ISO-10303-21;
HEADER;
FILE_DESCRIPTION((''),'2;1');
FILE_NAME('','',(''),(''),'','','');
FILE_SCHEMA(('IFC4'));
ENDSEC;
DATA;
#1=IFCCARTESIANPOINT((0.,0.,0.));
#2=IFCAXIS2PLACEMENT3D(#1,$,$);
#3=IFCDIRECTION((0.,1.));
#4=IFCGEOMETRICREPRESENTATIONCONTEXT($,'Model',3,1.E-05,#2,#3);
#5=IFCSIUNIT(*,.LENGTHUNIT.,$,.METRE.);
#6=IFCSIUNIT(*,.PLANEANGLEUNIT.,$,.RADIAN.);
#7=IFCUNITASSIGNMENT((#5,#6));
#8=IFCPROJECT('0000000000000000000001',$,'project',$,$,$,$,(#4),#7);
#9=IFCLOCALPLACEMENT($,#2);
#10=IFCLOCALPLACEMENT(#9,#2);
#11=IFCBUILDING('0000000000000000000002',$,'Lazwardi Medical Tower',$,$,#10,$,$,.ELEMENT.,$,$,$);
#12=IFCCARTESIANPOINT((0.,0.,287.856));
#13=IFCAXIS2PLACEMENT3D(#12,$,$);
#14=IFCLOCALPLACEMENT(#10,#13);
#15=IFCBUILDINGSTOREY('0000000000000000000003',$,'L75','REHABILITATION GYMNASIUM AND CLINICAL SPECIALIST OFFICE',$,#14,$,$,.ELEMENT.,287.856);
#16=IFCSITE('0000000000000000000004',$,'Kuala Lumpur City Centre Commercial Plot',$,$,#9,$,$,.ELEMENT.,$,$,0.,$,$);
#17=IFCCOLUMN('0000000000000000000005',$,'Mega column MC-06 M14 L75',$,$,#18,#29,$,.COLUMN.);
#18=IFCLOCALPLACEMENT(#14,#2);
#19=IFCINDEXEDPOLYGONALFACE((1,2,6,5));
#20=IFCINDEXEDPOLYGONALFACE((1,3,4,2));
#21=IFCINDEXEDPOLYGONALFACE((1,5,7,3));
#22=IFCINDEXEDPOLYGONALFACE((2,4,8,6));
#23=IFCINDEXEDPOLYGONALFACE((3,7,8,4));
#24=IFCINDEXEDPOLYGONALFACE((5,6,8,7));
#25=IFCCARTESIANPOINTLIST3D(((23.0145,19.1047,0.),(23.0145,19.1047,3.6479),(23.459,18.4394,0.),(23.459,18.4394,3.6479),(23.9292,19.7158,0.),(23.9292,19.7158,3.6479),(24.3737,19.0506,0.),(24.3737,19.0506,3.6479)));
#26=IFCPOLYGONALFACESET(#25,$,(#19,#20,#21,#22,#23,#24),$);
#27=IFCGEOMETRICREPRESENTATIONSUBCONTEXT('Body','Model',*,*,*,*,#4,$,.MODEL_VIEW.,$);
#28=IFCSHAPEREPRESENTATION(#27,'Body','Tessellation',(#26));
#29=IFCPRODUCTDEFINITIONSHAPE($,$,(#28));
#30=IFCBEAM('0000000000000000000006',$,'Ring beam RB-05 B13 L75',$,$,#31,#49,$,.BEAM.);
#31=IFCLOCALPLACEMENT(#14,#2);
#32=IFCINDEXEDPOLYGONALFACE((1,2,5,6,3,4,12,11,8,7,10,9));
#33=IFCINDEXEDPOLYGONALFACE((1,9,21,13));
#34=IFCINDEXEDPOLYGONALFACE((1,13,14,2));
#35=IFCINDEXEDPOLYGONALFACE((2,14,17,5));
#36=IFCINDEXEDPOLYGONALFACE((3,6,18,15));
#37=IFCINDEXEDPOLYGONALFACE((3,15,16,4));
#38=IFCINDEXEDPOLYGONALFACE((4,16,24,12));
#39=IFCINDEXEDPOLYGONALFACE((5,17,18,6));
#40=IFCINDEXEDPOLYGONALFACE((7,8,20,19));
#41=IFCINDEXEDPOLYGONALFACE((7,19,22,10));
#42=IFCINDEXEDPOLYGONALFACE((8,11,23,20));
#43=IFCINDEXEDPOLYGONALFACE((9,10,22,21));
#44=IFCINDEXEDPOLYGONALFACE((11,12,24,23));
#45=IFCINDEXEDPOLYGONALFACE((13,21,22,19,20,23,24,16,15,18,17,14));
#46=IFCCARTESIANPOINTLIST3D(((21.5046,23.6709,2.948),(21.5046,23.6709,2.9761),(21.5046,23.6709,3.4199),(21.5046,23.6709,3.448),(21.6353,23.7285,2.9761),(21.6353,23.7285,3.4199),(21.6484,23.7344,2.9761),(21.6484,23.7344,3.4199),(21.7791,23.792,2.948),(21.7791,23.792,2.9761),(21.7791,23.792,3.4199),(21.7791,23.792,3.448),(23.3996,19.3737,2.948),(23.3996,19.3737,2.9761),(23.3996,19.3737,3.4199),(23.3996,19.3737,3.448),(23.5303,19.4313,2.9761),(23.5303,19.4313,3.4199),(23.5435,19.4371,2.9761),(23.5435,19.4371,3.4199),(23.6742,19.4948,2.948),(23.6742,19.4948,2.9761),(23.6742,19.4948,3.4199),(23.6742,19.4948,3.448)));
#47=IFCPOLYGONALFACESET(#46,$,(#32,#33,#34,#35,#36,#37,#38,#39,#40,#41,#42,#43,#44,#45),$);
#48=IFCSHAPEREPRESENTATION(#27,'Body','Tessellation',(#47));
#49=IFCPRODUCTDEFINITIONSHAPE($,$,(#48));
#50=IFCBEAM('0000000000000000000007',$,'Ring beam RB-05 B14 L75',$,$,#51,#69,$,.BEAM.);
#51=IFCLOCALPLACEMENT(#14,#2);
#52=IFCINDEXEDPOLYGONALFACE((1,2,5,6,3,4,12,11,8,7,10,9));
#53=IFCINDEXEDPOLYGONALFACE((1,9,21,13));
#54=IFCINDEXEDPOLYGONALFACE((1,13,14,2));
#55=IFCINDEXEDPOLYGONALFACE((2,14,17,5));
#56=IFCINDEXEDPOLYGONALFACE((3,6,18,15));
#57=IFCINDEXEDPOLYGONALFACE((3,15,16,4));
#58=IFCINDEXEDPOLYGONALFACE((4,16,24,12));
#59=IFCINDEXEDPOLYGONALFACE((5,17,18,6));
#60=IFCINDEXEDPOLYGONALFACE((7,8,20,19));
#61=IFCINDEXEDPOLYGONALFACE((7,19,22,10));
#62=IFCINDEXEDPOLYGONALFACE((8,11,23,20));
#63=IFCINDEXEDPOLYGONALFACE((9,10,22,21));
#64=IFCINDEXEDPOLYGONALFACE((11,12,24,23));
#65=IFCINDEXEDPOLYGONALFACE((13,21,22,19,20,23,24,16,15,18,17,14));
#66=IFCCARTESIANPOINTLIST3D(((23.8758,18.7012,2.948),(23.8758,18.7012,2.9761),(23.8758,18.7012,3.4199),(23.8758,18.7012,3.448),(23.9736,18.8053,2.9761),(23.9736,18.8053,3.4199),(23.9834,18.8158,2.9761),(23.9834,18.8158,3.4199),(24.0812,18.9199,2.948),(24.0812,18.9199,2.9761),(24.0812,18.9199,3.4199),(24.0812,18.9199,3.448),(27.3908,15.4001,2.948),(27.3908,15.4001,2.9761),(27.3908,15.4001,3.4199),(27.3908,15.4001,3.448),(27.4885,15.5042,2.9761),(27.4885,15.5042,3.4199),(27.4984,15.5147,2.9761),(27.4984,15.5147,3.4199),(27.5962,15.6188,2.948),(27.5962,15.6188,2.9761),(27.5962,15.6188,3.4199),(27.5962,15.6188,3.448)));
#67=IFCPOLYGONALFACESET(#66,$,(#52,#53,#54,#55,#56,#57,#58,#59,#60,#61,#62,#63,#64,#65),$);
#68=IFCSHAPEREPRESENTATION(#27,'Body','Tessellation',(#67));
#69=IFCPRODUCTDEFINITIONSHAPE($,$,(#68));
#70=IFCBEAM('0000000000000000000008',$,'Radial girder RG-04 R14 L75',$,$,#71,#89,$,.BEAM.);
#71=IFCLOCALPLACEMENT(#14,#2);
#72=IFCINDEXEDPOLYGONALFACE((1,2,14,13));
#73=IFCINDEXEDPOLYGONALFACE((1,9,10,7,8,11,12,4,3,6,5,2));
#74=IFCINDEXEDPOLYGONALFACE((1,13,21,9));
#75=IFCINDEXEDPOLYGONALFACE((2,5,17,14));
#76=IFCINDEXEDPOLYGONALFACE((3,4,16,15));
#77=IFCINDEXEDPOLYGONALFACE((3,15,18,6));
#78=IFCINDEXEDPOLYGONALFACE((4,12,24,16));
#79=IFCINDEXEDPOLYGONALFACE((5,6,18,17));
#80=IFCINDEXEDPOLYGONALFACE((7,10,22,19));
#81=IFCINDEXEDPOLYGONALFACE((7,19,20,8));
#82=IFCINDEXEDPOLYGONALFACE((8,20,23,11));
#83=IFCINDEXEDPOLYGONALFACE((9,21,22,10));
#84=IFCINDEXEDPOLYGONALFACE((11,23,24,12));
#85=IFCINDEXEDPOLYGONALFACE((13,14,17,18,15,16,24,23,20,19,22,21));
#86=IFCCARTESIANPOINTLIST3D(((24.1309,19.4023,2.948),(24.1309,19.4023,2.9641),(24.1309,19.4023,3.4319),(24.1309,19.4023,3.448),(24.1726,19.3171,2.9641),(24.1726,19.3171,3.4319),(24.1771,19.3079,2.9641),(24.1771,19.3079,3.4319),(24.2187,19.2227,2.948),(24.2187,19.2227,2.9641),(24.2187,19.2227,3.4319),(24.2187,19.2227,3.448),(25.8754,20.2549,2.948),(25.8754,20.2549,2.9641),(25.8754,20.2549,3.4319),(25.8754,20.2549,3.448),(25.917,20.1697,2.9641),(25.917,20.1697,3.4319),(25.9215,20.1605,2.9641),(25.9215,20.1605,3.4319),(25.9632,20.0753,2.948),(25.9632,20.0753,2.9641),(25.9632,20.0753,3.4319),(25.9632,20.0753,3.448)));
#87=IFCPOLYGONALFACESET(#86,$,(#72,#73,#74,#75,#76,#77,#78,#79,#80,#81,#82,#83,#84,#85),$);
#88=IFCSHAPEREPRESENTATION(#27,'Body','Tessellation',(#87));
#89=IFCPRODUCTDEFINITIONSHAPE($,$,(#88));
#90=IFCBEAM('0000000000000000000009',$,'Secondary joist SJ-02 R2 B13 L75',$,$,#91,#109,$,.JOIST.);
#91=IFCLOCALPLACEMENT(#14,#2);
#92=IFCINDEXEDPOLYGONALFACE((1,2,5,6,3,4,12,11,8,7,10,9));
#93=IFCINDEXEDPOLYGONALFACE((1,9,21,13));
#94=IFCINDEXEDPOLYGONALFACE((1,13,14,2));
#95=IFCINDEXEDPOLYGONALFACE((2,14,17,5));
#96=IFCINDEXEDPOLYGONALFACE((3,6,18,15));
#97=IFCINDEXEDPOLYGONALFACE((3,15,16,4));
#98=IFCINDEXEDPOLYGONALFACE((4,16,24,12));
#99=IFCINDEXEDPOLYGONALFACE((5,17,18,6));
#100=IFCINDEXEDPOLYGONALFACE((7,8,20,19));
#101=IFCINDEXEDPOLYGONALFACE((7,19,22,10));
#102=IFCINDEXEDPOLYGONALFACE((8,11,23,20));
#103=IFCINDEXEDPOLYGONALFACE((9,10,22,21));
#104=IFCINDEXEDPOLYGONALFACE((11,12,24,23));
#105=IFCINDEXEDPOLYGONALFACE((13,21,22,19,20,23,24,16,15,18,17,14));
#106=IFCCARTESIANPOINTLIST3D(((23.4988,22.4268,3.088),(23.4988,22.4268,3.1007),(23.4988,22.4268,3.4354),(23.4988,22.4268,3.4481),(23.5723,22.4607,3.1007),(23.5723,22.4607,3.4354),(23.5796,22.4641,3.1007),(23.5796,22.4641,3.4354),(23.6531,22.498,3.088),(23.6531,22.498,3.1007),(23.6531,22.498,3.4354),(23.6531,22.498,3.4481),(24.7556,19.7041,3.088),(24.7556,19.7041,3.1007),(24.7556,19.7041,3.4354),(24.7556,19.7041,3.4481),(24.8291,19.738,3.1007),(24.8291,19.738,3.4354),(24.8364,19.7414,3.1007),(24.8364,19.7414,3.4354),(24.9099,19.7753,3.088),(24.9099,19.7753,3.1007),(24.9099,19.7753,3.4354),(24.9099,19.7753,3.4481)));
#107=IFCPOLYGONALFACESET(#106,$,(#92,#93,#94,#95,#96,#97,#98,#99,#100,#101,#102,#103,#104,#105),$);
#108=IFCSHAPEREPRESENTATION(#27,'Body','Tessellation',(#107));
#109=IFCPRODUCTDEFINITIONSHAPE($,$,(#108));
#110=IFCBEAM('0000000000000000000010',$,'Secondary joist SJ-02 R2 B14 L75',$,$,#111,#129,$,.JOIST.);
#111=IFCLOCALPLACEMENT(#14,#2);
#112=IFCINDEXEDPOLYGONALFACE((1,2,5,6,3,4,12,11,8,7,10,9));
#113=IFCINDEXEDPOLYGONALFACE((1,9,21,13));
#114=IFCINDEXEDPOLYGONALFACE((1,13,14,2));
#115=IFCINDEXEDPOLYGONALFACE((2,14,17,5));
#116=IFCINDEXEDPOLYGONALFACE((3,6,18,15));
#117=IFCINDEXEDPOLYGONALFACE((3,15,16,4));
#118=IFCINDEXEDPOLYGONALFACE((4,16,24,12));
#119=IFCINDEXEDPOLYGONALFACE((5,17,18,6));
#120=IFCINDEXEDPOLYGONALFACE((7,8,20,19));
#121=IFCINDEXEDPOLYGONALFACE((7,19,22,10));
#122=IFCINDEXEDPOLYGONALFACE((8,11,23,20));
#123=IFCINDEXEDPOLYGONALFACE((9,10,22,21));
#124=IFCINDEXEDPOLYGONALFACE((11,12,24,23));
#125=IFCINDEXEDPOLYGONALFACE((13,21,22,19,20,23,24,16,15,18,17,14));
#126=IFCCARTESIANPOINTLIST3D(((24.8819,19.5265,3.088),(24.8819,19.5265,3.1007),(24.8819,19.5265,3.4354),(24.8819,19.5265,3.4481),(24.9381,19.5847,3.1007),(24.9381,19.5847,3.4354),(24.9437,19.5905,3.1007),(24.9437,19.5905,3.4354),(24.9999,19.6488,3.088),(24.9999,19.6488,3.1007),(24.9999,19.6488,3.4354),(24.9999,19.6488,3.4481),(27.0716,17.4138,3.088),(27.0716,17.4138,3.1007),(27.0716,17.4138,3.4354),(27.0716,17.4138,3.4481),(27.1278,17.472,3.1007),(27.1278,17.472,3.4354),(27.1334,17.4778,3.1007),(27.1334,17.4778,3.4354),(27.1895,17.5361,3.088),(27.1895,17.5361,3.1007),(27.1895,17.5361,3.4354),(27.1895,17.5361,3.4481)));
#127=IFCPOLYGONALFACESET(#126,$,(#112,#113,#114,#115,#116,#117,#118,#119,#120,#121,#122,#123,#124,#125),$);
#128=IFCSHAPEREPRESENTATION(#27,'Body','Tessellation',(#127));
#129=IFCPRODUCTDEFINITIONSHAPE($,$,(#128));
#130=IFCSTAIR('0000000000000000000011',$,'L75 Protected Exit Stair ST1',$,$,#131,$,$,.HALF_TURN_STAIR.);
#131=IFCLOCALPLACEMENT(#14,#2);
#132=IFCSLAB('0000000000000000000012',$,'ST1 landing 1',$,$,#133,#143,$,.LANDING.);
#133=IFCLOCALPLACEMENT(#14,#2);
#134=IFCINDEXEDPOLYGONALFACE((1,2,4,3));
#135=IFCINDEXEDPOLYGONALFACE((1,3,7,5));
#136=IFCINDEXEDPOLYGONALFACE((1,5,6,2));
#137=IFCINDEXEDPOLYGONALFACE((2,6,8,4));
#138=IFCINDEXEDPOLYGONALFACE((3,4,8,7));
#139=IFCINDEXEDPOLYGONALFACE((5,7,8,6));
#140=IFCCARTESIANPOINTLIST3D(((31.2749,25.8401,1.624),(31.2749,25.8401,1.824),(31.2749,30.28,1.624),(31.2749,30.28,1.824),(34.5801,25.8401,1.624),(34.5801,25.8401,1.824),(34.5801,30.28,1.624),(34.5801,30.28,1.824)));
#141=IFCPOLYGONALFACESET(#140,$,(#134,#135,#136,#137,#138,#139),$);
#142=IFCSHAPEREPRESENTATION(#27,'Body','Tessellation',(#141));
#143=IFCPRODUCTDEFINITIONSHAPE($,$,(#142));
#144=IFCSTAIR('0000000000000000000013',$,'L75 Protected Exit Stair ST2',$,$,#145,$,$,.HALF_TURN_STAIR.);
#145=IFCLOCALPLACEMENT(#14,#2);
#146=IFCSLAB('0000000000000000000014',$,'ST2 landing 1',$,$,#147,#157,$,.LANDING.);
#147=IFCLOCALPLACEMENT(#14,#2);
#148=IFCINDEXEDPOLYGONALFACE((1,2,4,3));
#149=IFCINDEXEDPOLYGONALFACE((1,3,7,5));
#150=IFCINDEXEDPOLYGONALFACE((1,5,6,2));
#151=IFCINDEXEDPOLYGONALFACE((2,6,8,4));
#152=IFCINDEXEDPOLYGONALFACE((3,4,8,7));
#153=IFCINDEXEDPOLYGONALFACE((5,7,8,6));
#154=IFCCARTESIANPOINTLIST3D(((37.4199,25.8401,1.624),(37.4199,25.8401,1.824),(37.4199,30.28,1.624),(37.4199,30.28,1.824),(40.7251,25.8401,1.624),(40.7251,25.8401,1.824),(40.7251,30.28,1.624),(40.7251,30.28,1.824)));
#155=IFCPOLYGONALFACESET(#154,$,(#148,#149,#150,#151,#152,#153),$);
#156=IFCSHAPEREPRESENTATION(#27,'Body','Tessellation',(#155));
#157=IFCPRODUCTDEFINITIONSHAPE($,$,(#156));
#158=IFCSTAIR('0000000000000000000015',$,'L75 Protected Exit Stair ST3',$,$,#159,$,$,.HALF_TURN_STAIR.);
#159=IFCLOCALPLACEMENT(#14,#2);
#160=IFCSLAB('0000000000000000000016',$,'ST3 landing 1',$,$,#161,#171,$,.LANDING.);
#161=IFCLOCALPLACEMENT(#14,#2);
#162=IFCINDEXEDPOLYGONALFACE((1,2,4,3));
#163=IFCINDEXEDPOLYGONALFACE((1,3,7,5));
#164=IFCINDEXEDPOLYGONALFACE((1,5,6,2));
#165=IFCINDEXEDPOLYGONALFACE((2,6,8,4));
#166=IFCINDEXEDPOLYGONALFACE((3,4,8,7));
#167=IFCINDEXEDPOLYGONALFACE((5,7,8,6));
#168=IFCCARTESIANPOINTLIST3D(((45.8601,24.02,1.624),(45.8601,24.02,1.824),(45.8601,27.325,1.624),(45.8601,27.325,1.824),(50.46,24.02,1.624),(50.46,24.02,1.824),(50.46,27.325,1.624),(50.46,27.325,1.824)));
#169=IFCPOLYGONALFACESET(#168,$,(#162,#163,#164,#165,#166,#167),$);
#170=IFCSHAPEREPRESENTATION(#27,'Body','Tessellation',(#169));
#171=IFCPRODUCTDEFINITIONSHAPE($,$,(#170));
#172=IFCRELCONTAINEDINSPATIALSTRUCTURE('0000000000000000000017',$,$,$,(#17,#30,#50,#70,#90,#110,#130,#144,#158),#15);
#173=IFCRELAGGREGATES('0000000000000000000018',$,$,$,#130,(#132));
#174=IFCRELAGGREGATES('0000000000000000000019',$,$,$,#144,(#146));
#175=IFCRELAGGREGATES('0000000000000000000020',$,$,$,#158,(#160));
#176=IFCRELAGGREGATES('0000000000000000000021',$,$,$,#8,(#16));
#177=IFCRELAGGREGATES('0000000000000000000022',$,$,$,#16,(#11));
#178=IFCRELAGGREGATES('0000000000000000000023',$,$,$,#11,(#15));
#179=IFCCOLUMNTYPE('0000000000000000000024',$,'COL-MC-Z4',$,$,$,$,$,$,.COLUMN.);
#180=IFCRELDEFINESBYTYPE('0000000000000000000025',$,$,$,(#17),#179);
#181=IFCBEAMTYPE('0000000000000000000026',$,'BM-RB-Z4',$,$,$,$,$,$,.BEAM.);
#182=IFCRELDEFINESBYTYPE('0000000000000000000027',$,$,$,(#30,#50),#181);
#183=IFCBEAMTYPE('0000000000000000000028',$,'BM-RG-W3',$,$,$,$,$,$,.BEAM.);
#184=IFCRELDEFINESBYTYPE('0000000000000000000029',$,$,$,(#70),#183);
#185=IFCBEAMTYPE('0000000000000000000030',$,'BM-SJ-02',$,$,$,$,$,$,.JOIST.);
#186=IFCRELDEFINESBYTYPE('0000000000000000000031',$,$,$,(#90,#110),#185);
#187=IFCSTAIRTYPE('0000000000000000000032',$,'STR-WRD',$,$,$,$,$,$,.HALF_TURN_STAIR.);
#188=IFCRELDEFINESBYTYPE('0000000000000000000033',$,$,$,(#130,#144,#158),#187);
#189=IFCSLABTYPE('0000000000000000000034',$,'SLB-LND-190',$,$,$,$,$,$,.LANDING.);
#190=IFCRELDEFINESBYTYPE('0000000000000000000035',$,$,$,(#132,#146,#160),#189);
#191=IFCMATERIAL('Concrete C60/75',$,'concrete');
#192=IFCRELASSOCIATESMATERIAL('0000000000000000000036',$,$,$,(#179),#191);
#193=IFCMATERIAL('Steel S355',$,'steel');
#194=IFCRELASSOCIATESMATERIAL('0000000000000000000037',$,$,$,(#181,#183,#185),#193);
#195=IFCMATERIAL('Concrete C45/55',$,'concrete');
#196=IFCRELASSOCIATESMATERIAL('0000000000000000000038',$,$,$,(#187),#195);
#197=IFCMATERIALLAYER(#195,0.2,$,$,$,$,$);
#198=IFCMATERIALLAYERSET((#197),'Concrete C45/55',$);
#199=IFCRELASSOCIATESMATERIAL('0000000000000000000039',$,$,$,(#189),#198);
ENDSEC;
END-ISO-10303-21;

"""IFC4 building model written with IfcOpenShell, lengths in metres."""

from ifc_helpers import new_model, si_unit, direction, frame, origin, origin_2d, place, context, subcontext, project, spatial, polyline, rectangle, i_section, outline, extrude, material, layer, layer_set, material_profile, profile_set, type_object, element, aggregate, save


model = new_model("IFC4")

# Units and contexts
model_context = context("Model", 3, precision=1e-05, world=origin(), true_north=direction((0.0, 1.0)))
body_context = subcontext(model_context, "Body", "Model", "MODEL_VIEW")
ifc_project = project(units=[si_unit("LENGTHUNIT", "METRE"), si_unit("PLANEANGLEUNIT", "RADIAN")], contexts=[model_context])

# Site, building, storey
site_placement = place(None, origin())
site = spatial("IfcSite", under=ifc_project, at=site_placement, Name="Kuala Lumpur City Centre Commercial Plot", CompositionType="ELEMENT", RefElevation=0.0)
building_placement = place(site_placement, origin())
building = spatial("IfcBuilding", under=site, at=building_placement, Name="Lazwardi Medical Tower", CompositionType="ELEMENT")
storey_placement = place(building_placement, frame((0.0, 0.0, 287.856)))
storey = spatial("IfcBuildingStorey", under=building, at=storey_placement, Name="L75", Description="REHABILITATION GYMNASIUM AND CLINICAL SPECIALIST OFFICE", CompositionType="ELEMENT", Elevation=287.856)

# Column
ifc_material_1 = material(Name="Concrete C60/75", Category="concrete")
ifc_material_profile_1 = material_profile(ifc_material_1, rectangle(XDim=1.1001, YDim=0.8, at=origin_2d()), Name="CFT-RECT 1100x800")
ifc_profile_set_1 = profile_set([ifc_material_profile_1], Name="Concrete C60/75")
column_type = type_object("IfcColumnType", Name="COL-MC-Z4", PredefinedType="COLUMN", material=ifc_profile_set_1)
column_placement = place(storey_placement, frame((23.6941, 19.0776, 0.0), z_axis=(0.0, 0.0, 1.0), x_axis=(-0.83147, -0.55557, 0.0)))
element("IfcColumn", 1, at=column_placement, inside=storey, type_object=column_type, Name="Mega column MC-06 M14 L75", PredefinedType="COLUMN", context=body_context, shape_type="SweptSolid", body=[
    extrude(rectangle(XDim=1.1001, YDim=0.8, at=origin_2d()), origin(), (0.0, 0.0, 1.0), 3.6479),
])

# Beams
ifc_material_2 = material(Name="Steel S355", Category="steel")
ifc_material_profile_2 = material_profile(ifc_material_2, i_section(OverallWidth=0.3, OverallDepth=0.5, WebThickness=0.0144, FlangeThickness=0.0281, at=origin_2d()), Name="HEB 500")
ifc_profile_set_2 = profile_set([ifc_material_profile_2], Name="Steel S355")
beam_type_1 = type_object("IfcBeamType", Name="BM-RB-Z4", PredefinedType="BEAM", material=ifc_profile_set_2)
beam_1_placement = place(storey_placement, frame((21.6418, 23.7314, 3.198), z_axis=(0.403503, -0.914978, 0.0), x_axis=(0.914978, 0.403503, 0.0)))
element("IfcBeam", 2, at=beam_1_placement, inside=storey, type_object=beam_type_1, Name="Ring beam RB-05 B13 L75", PredefinedType="BEAM", context=body_context, shape_type="SweptSolid", body=[
    extrude(i_section(OverallWidth=0.3, OverallDepth=0.5, WebThickness=0.0144, FlangeThickness=0.0281, at=origin_2d()), origin(), (0.0, 0.0, 1.0), 4.6965),
])
beam_2_placement = place(storey_placement, frame((23.9785, 18.8105, 3.198), z_axis=(0.728935, -0.684583, 0.0), x_axis=(0.684583, 0.728935, 0.0)))
element("IfcBeam", 3, at=beam_2_placement, inside=storey, type_object=beam_type_1, Name="Ring beam RB-05 B14 L75", PredefinedType="BEAM", context=body_context, shape_type="SweptSolid", body=[
    extrude(i_section(OverallWidth=0.3, OverallDepth=0.5, WebThickness=0.0144, FlangeThickness=0.0281, at=origin_2d()), origin(), (0.0, 0.0, 1.0), 4.822),
])
ifc_material_profile_3 = material_profile(ifc_material_2, i_section(OverallWidth=0.2, OverallDepth=0.5, WebThickness=0.0103, FlangeThickness=0.0161, at=origin_2d()), Name="IPE 500")
ifc_profile_set_3 = profile_set([ifc_material_profile_3], Name="Steel S355")
beam_type_2 = type_object("IfcBeamType", Name="BM-RG-W3", PredefinedType="BEAM", material=ifc_profile_set_3)
beam_3_placement = place(storey_placement, frame((24.1748, 19.3125, 3.198), z_axis=(0.898439, 0.439097, 0.0), x_axis=(-0.439097, 0.898439, 0.0)))
element("IfcBeam", 4, at=beam_3_placement, inside=storey, type_object=beam_type_2, Name="Radial girder RG-04 R14 L75", PredefinedType="BEAM", context=body_context, shape_type="SweptSolid", body=[
    extrude(i_section(OverallWidth=0.2, OverallDepth=0.5, WebThickness=0.0103, FlangeThickness=0.0161, at=origin_2d()), origin(), (0.0, 0.0, 1.0), 1.9417),
])
ifc_material_profile_4 = material_profile(ifc_material_2, i_section(OverallWidth=0.1699, OverallDepth=0.3601, WebThickness=0.0081, FlangeThickness=0.0127, at=origin_2d()), Name="IPE 360")
ifc_profile_set_4 = profile_set([ifc_material_profile_4], Name="Steel S355")
beam_type_3 = type_object("IfcBeamType", Name="BM-SJ-02", PredefinedType="JOIST", material=ifc_profile_set_4)
beam_4_placement = place(storey_placement, frame((23.5759, 22.4624, 3.2681), z_axis=(0.41912, -0.907931, 0.0), x_axis=(0.907931, 0.41912, 0.0)))
element("IfcBeam", 5, at=beam_4_placement, inside=storey, type_object=beam_type_3, Name="Secondary joist SJ-02 R2 B13 L75", PredefinedType="JOIST", context=body_context, shape_type="SweptSolid", body=[
    extrude(i_section(OverallWidth=0.1699, OverallDepth=0.3601, WebThickness=0.0081, FlangeThickness=0.0127, at=origin_2d()), origin(), (0.0, 0.0, 1.0), 2.9988),
])
beam_5_placement = place(storey_placement, frame((24.9409, 19.5876, 3.2681), z_axis=(0.719631, -0.694357, 0.0), x_axis=(0.694357, 0.719631, 0.0)))
element("IfcBeam", 6, at=beam_5_placement, inside=storey, type_object=beam_type_3, Name="Secondary joist SJ-02 R2 B14 L75", PredefinedType="JOIST", context=body_context, shape_type="SweptSolid", body=[
    extrude(i_section(OverallWidth=0.1699, OverallDepth=0.3601, WebThickness=0.0081, FlangeThickness=0.0127, at=origin_2d()), origin(), (0.0, 0.0, 1.0), 3.0427),
])

# Stairs, slabs
ifc_material_3 = material(Name="Concrete C45/55", Category="concrete")
stair_type = type_object("IfcStairType", Name="STR-WRD", PredefinedType="HALF_TURN_STAIR", material=ifc_material_3)
stair_1_placement = place(storey_placement, origin())
stair_1 = element("IfcStair", 7, at=stair_1_placement, inside=storey, type_object=stair_type, Name="L75 Protected Exit Stair ST1", PredefinedType="HALF_TURN_STAIR")
ifc_layer_1 = layer(ifc_material_3, 0.2)
ifc_layer_set_1 = layer_set([ifc_layer_1], Name="Concrete C45/55")
slab_type_1 = type_object("IfcSlabType", Name="SLB-LND-190", PredefinedType="LANDING", material=ifc_layer_set_1)
slab_1_placement = place(storey_placement, frame((0.0, 0.0, 1.624)))
slab_1 = element("IfcSlab", 8, at=slab_1_placement, type_object=slab_type_1, Name="ST1 landing 1", PredefinedType="LANDING", context=body_context, shape_type="SweptSolid", body=[
    extrude(outline(polyline([(31.2749, 25.8401), (34.5801, 25.8401), (34.5801, 30.28), (31.2749, 30.28), (31.2749, 25.8401)])), origin(), (0.0, 0.0, 1.0), 0.2),
])
aggregate(stair_1, [slab_1])
stair_2_placement = place(storey_placement, origin())
stair_2 = element("IfcStair", 9, at=stair_2_placement, inside=storey, type_object=stair_type, Name="L75 Protected Exit Stair ST2", PredefinedType="HALF_TURN_STAIR")
slab_2_placement = place(storey_placement, frame((0.0, 0.0, 1.624)))
slab_2 = element("IfcSlab", 10, at=slab_2_placement, type_object=slab_type_1, Name="ST2 landing 1", PredefinedType="LANDING", context=body_context, shape_type="SweptSolid", body=[
    extrude(outline(polyline([(40.7251, 30.28), (37.4199, 30.28), (37.4199, 25.8401), (40.7251, 25.8401), (40.7251, 30.28)])), origin(), (0.0, 0.0, 1.0), 0.2),
])
aggregate(stair_2, [slab_2])
stair_3_placement = place(storey_placement, origin())
stair_3 = element("IfcStair", 11, at=stair_3_placement, inside=storey, type_object=stair_type, Name="L75 Protected Exit Stair ST3", PredefinedType="HALF_TURN_STAIR")
slab_3_placement = place(storey_placement, frame((0.0, 0.0, 1.624)))
slab_3 = element("IfcSlab", 12, at=slab_3_placement, type_object=slab_type_1, Name="ST3 landing 1", PredefinedType="LANDING", context=body_context, shape_type="SweptSolid", body=[
    extrude(outline(polyline([(45.8601, 27.325), (45.8601, 24.02), (50.46, 24.02), (50.46, 27.325), (45.8601, 27.325)])), origin(), (0.0, 0.0, 1.0), 0.2),
])
aggregate(stair_3, [slab_3])

save(model, "model.ifc")
